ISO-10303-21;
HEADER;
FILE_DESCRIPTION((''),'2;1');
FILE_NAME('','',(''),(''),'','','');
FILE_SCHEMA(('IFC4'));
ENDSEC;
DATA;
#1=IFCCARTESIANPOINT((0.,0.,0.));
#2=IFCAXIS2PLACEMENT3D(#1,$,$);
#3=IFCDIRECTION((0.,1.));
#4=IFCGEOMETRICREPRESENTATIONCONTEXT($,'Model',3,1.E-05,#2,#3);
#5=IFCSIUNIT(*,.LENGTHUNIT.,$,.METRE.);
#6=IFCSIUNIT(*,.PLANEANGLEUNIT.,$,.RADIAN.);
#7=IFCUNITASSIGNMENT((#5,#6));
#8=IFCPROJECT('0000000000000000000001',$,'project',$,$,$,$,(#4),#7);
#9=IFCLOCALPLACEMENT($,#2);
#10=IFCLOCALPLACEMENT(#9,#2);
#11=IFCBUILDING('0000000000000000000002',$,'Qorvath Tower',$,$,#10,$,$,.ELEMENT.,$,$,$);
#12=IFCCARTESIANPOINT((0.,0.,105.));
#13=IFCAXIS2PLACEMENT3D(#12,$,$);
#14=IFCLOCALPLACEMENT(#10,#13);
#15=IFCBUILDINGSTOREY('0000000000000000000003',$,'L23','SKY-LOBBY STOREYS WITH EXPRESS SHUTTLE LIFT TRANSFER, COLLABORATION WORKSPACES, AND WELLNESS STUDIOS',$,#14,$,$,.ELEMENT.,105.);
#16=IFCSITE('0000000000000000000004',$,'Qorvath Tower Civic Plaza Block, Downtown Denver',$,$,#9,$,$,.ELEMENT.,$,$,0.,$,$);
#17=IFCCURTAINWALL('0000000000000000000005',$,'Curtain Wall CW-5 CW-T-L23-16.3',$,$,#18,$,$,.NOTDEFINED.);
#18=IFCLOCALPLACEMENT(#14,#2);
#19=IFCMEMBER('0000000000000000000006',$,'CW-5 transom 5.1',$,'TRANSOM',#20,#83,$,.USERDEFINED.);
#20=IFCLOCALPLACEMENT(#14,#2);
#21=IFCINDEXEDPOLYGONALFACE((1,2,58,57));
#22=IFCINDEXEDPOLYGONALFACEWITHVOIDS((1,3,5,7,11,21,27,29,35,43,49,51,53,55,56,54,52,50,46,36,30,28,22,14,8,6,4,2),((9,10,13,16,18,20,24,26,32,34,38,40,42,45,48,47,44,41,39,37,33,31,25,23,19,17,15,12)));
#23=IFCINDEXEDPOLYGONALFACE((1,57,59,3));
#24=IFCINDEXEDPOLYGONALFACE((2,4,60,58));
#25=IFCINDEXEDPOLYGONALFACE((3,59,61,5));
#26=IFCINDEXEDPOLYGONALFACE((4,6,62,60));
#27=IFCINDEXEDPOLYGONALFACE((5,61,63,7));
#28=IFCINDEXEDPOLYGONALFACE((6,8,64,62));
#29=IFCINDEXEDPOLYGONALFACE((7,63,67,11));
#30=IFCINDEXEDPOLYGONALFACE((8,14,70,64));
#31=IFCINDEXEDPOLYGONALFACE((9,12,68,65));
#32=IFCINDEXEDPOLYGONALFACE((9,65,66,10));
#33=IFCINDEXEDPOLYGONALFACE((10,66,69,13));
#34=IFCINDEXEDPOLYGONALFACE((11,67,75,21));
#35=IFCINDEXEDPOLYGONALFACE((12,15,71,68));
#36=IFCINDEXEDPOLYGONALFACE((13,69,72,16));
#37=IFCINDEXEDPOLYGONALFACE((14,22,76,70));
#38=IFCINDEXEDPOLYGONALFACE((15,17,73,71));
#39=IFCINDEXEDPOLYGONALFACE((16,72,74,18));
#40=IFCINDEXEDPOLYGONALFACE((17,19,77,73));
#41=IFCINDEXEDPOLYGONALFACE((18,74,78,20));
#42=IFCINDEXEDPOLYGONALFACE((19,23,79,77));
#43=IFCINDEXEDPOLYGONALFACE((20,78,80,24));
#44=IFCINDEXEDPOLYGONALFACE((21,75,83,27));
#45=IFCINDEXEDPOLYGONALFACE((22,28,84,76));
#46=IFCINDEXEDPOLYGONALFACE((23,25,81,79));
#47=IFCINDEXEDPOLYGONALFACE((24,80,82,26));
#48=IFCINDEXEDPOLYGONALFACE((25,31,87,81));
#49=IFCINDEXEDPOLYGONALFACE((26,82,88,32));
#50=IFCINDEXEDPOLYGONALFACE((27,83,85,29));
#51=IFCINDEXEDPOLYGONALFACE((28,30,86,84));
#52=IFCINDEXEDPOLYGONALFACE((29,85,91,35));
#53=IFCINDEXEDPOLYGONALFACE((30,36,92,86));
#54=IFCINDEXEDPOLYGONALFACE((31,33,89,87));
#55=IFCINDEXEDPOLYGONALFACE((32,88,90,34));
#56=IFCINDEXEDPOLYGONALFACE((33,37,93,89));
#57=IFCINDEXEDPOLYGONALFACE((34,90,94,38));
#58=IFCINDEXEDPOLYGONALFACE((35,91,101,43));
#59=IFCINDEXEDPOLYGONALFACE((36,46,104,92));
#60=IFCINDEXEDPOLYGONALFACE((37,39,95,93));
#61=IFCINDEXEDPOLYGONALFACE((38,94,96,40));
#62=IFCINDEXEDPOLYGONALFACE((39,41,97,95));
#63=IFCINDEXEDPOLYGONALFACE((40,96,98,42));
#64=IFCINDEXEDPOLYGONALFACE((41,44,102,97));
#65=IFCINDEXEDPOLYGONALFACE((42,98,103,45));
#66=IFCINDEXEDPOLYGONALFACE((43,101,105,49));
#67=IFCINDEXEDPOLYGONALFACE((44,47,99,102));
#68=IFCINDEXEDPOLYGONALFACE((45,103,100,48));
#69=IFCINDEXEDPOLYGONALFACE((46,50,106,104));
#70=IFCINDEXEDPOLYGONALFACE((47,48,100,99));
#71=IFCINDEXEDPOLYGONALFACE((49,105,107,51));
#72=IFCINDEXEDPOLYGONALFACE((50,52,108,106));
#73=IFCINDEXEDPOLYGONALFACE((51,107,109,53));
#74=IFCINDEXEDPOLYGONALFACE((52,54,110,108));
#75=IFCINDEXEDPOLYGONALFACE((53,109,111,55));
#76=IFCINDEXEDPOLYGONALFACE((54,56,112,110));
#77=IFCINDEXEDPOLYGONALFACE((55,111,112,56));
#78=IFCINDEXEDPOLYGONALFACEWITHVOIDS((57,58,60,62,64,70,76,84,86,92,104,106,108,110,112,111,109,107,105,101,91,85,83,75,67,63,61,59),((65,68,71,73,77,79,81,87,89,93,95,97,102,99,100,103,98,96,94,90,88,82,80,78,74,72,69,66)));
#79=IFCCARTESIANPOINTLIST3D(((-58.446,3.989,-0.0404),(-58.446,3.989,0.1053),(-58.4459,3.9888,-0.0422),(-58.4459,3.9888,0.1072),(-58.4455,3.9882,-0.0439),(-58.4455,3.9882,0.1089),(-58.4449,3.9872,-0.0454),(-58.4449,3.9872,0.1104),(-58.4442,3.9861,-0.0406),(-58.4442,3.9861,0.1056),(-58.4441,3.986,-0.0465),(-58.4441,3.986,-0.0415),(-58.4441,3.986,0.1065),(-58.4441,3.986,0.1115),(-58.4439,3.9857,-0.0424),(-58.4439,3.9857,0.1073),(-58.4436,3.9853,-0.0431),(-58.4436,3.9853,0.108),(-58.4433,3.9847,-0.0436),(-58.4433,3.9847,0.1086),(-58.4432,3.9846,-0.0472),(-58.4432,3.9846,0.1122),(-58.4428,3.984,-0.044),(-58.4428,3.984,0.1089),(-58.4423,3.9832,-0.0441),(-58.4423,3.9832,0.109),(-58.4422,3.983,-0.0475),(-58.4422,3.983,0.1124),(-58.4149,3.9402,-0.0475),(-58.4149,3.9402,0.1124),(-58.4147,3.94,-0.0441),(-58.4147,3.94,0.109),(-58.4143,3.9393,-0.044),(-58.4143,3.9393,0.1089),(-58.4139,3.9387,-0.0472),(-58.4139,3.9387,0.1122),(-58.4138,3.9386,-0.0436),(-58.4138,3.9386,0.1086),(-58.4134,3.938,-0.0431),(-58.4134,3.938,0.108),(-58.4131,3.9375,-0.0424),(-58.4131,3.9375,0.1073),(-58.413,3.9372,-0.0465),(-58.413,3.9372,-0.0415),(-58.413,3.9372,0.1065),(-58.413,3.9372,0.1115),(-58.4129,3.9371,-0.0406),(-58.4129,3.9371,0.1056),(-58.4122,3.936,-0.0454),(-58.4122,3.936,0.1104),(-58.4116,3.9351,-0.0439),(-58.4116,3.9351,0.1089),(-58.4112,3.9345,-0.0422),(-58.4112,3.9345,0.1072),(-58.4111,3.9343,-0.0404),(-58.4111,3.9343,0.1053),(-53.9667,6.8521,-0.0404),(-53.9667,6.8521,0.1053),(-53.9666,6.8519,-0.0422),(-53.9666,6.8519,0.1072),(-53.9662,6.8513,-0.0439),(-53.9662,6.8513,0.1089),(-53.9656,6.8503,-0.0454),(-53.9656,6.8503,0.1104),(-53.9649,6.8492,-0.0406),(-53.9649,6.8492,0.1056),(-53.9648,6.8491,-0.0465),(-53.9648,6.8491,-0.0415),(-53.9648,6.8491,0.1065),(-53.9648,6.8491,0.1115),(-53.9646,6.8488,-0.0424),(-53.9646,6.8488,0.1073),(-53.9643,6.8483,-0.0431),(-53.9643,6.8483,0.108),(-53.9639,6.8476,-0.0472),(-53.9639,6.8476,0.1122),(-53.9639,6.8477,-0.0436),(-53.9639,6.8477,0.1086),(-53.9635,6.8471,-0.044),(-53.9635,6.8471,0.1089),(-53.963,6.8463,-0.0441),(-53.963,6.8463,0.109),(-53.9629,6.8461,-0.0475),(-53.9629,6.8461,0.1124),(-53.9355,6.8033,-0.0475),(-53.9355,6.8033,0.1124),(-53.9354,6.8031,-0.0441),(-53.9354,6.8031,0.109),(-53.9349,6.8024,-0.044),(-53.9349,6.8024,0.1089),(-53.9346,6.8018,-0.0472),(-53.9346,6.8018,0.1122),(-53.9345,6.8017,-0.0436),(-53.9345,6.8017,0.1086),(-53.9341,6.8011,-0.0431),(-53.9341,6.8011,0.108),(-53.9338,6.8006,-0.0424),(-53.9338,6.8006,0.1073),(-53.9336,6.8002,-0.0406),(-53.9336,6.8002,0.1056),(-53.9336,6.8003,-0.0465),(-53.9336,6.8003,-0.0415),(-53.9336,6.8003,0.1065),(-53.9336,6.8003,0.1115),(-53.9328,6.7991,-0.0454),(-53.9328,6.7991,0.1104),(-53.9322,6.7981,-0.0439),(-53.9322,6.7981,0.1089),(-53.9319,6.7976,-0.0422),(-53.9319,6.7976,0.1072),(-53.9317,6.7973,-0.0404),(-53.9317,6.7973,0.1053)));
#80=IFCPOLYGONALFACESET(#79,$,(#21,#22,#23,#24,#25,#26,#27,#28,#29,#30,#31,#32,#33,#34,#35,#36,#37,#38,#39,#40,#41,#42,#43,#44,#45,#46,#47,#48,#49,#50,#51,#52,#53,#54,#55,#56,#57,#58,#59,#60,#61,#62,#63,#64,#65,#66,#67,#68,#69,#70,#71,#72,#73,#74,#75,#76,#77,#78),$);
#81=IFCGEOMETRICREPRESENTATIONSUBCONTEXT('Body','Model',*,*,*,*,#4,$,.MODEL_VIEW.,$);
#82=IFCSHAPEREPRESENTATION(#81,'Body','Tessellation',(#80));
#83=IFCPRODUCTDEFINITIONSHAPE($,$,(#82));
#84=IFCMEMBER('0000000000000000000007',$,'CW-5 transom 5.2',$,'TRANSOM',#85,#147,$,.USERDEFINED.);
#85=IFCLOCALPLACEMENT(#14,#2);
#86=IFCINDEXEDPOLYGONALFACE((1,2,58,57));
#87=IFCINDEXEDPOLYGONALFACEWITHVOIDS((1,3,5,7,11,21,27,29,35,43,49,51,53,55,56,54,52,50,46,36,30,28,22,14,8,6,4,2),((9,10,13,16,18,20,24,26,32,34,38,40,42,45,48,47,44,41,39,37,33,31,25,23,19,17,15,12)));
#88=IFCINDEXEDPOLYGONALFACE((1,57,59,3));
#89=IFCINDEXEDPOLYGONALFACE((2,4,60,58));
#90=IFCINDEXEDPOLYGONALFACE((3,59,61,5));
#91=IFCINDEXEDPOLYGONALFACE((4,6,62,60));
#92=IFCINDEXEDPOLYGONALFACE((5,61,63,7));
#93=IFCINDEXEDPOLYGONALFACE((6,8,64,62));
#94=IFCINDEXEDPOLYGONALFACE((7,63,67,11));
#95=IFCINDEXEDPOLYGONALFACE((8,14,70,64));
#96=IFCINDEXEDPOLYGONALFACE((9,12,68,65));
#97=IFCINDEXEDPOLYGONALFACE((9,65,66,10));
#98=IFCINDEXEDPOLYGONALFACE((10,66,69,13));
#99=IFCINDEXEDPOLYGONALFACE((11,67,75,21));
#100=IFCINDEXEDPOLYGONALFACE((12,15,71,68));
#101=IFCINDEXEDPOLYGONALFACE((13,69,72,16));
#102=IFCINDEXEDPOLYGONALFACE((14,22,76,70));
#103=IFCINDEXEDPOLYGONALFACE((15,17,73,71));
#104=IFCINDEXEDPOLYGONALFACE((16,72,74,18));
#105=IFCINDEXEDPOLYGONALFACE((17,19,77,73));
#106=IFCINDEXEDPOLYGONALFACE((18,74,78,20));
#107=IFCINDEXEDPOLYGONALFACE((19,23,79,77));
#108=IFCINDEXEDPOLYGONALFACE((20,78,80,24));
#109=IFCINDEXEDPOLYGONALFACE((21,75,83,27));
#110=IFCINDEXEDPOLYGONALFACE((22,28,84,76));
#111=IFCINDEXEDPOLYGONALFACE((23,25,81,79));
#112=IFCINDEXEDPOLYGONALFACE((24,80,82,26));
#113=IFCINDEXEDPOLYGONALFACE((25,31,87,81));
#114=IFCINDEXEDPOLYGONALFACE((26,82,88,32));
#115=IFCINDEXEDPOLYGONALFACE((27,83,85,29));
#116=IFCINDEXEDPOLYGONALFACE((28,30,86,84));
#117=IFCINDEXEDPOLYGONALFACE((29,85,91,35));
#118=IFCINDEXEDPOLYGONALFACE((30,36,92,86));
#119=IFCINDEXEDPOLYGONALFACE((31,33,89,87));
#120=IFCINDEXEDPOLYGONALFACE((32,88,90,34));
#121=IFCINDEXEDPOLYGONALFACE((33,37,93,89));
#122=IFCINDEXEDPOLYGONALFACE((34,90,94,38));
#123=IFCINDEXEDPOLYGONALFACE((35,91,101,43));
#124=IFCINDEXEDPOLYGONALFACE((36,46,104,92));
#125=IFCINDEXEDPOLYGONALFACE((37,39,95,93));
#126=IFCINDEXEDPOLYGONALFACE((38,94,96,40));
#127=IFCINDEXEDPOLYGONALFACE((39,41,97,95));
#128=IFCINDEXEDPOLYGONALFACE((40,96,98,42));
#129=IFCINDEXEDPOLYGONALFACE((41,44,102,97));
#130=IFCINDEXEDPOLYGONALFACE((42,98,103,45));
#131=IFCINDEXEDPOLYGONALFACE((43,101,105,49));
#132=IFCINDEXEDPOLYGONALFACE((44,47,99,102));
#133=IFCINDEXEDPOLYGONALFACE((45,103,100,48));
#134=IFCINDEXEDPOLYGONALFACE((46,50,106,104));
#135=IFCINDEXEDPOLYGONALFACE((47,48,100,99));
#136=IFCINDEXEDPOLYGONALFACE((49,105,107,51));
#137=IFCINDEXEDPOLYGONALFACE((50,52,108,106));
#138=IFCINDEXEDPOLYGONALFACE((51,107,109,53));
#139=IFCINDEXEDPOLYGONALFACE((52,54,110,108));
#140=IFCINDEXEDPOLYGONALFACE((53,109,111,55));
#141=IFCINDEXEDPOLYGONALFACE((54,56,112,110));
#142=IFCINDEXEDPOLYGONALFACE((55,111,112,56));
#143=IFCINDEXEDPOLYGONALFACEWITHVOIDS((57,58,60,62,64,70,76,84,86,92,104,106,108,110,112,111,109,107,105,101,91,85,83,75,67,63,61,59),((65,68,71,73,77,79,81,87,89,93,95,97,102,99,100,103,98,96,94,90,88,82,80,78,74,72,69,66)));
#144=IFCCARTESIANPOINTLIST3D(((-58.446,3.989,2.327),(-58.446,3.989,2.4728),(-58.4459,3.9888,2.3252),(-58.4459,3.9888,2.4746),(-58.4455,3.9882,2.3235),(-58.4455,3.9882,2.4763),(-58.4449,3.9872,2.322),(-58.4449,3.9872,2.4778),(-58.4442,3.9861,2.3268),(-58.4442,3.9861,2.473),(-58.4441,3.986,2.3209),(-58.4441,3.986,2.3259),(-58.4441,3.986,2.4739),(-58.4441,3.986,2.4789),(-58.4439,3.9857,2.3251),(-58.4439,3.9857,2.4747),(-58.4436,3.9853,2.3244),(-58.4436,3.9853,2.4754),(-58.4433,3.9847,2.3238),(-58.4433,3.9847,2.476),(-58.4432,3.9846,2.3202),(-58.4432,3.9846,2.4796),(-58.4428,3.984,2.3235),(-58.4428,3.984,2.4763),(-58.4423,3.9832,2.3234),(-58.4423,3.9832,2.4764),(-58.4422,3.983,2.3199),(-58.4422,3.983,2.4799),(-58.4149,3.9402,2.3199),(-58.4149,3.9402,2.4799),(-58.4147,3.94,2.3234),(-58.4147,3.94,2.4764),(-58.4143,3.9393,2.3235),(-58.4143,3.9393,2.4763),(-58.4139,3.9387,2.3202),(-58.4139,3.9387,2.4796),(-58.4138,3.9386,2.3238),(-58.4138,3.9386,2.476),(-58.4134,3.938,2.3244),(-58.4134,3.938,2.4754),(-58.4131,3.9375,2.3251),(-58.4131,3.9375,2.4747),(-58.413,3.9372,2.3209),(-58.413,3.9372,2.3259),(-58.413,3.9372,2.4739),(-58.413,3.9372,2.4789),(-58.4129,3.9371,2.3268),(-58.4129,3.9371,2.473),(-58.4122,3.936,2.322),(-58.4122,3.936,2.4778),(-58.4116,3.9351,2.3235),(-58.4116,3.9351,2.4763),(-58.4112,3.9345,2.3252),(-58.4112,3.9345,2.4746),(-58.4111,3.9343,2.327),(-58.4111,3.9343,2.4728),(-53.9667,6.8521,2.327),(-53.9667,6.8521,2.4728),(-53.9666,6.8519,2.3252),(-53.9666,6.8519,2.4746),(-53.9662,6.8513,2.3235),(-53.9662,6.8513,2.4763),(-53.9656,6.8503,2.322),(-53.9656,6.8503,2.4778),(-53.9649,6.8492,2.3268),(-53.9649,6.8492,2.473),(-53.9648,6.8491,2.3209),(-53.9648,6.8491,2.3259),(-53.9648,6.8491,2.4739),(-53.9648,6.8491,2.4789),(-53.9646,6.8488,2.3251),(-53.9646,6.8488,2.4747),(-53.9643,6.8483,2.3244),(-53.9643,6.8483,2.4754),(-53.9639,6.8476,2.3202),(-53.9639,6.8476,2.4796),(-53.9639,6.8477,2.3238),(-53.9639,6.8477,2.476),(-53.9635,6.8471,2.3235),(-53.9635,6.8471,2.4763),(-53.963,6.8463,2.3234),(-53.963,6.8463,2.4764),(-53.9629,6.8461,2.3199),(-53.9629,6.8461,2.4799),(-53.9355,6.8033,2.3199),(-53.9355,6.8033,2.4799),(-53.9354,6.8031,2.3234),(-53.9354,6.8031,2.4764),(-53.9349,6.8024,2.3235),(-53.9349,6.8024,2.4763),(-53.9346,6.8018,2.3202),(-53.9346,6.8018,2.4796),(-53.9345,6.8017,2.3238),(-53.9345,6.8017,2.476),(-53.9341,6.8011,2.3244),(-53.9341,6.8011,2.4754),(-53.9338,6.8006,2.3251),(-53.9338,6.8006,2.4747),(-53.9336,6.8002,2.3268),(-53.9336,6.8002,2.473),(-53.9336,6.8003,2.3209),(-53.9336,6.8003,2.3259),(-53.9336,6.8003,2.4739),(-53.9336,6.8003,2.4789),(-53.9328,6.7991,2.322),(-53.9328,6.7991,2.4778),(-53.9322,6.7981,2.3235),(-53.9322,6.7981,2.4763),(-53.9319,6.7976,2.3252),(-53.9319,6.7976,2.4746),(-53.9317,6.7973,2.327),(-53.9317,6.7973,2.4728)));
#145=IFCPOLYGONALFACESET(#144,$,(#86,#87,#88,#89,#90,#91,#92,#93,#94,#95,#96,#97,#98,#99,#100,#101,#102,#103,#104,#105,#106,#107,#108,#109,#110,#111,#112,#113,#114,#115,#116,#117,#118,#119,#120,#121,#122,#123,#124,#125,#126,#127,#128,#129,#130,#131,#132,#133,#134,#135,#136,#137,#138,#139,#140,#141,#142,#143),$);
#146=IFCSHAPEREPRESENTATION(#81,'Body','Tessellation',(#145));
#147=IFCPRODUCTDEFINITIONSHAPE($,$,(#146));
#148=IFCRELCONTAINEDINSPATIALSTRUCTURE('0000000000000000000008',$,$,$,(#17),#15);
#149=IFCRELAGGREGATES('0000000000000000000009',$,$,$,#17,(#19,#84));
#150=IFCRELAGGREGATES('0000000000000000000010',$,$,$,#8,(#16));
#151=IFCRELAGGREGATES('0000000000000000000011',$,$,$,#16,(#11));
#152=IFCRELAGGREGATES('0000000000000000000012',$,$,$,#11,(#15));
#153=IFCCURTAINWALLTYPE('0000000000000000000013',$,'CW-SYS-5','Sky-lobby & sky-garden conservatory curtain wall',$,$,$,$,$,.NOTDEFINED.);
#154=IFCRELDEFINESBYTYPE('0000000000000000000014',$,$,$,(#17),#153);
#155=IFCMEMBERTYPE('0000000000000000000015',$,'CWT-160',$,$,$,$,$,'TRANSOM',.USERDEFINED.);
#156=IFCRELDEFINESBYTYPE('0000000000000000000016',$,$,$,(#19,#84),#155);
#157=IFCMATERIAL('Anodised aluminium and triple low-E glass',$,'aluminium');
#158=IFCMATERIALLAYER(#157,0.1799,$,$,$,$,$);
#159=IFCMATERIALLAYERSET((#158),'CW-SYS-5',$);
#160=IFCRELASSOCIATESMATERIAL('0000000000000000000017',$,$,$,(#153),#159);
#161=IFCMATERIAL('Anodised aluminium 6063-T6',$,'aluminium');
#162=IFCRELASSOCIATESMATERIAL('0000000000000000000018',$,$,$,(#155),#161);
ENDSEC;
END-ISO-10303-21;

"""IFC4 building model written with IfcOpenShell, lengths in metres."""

from ifc_helpers import new_model, si_unit, direction, frame, origin, origin_2d, place, context, subcontext, project, spatial, hollow_rectangle, extrude, material, layer, layer_set, material_profile, profile_set, type_object, element, aggregate, save


model = new_model("IFC4")

# Units and contexts
model_context = context("Model", 3, precision=1e-05, world=origin(), true_north=direction((0.0, 1.0)))
body_context = subcontext(model_context, "Body", "Model", "MODEL_VIEW")
ifc_project = project(units=[si_unit("LENGTHUNIT", "METRE"), si_unit("PLANEANGLEUNIT", "RADIAN")], contexts=[model_context])

# Site, building, storey
site_placement = place(None, origin())
site = spatial("IfcSite", under=ifc_project, at=site_placement, Name="Qorvath Tower Civic Plaza Block, Downtown Denver", CompositionType="ELEMENT", RefElevation=0.0)
building_placement = place(site_placement, origin())
building = spatial("IfcBuilding", under=site, at=building_placement, Name="Qorvath Tower", CompositionType="ELEMENT")
storey_placement = place(building_placement, frame((0.0, 0.0, 105.0)))
storey = spatial("IfcBuildingStorey", under=building, at=storey_placement, Name="L23", Description="SKY-LOBBY STOREYS WITH EXPRESS SHUTTLE LIFT TRANSFER, COLLABORATION WORKSPACES, AND WELLNESS STUDIOS", CompositionType="ELEMENT", Elevation=105.0)

# Curtain wall, members
ifc_material_1 = material(Name="Anodised aluminium and triple low-E glass", Category="aluminium")
ifc_layer_1 = layer(ifc_material_1, 0.1799)
ifc_layer_set_1 = layer_set([ifc_layer_1], Name="CW-SYS-5")
curtain_wall_type = type_object("IfcCurtainWallType", Name="CW-SYS-5", Description="Sky-lobby & sky-garden conservatory curtain wall", PredefinedType="NOTDEFINED", material=ifc_layer_set_1)
curtain_wall_placement = place(storey_placement, origin())
curtain_wall = element("IfcCurtainWall", 1, at=curtain_wall_placement, inside=storey, type_object=curtain_wall_type, Name="Curtain Wall CW-5 CW-T-L23-16.3", PredefinedType="NOTDEFINED")
ifc_material_2 = material(Name="Anodised aluminium 6063-T6", Category="aluminium")
ifc_material_profile_1 = material_profile(ifc_material_2, hollow_rectangle(XDim=0.0649, YDim=0.1599, WallThickness=0.0034, InnerFilletRadius=0.0034, OuterFilletRadius=0.0071, at=origin_2d()), Name="CWT 160x65")
ifc_profile_set_1 = profile_set([ifc_material_profile_1], Name="Anodised aluminium 6063-T6")
member_type_1 = type_object("IfcMemberType", Name="CWT-160", ElementType="TRANSOM", PredefinedType="USERDEFINED", material=ifc_profile_set_1)
member_1_placement = place(storey_placement, frame((-53.9492, 6.8247, 0.0325), z_axis=(-0.842586, -0.538562, 0.0), x_axis=(0.538562, -0.842586, 0.0)))
member_1 = element("IfcMember", 2, at=member_1_placement, type_object=member_type_1, Name="CW-5 transom 5.1", ObjectType="TRANSOM", PredefinedType="USERDEFINED", context=body_context, shape_type="SweptSolid", body=[
    extrude(hollow_rectangle(XDim=0.0649, YDim=0.1599, WallThickness=0.0034, InnerFilletRadius=0.0034, OuterFilletRadius=0.0071, at=origin_2d()), origin(), (0.0, 0.0, 1.0), 5.3162),
])
member_2_placement = place(storey_placement, frame((-53.9492, 6.8247, 2.3999), z_axis=(-0.842586, -0.538562, 0.0), x_axis=(0.538562, -0.842586, 0.0)))
member_2 = element("IfcMember", 3, at=member_2_placement, type_object=member_type_1, Name="CW-5 transom 5.2", ObjectType="TRANSOM", PredefinedType="USERDEFINED", context=body_context, shape_type="SweptSolid", body=[
    extrude(hollow_rectangle(XDim=0.0649, YDim=0.1599, WallThickness=0.0034, InnerFilletRadius=0.0034, OuterFilletRadius=0.0071, at=origin_2d()), origin(), (0.0, 0.0, 1.0), 5.3162),
])
aggregate(curtain_wall, [member_1, member_2])

save(model, "model.ifc")
